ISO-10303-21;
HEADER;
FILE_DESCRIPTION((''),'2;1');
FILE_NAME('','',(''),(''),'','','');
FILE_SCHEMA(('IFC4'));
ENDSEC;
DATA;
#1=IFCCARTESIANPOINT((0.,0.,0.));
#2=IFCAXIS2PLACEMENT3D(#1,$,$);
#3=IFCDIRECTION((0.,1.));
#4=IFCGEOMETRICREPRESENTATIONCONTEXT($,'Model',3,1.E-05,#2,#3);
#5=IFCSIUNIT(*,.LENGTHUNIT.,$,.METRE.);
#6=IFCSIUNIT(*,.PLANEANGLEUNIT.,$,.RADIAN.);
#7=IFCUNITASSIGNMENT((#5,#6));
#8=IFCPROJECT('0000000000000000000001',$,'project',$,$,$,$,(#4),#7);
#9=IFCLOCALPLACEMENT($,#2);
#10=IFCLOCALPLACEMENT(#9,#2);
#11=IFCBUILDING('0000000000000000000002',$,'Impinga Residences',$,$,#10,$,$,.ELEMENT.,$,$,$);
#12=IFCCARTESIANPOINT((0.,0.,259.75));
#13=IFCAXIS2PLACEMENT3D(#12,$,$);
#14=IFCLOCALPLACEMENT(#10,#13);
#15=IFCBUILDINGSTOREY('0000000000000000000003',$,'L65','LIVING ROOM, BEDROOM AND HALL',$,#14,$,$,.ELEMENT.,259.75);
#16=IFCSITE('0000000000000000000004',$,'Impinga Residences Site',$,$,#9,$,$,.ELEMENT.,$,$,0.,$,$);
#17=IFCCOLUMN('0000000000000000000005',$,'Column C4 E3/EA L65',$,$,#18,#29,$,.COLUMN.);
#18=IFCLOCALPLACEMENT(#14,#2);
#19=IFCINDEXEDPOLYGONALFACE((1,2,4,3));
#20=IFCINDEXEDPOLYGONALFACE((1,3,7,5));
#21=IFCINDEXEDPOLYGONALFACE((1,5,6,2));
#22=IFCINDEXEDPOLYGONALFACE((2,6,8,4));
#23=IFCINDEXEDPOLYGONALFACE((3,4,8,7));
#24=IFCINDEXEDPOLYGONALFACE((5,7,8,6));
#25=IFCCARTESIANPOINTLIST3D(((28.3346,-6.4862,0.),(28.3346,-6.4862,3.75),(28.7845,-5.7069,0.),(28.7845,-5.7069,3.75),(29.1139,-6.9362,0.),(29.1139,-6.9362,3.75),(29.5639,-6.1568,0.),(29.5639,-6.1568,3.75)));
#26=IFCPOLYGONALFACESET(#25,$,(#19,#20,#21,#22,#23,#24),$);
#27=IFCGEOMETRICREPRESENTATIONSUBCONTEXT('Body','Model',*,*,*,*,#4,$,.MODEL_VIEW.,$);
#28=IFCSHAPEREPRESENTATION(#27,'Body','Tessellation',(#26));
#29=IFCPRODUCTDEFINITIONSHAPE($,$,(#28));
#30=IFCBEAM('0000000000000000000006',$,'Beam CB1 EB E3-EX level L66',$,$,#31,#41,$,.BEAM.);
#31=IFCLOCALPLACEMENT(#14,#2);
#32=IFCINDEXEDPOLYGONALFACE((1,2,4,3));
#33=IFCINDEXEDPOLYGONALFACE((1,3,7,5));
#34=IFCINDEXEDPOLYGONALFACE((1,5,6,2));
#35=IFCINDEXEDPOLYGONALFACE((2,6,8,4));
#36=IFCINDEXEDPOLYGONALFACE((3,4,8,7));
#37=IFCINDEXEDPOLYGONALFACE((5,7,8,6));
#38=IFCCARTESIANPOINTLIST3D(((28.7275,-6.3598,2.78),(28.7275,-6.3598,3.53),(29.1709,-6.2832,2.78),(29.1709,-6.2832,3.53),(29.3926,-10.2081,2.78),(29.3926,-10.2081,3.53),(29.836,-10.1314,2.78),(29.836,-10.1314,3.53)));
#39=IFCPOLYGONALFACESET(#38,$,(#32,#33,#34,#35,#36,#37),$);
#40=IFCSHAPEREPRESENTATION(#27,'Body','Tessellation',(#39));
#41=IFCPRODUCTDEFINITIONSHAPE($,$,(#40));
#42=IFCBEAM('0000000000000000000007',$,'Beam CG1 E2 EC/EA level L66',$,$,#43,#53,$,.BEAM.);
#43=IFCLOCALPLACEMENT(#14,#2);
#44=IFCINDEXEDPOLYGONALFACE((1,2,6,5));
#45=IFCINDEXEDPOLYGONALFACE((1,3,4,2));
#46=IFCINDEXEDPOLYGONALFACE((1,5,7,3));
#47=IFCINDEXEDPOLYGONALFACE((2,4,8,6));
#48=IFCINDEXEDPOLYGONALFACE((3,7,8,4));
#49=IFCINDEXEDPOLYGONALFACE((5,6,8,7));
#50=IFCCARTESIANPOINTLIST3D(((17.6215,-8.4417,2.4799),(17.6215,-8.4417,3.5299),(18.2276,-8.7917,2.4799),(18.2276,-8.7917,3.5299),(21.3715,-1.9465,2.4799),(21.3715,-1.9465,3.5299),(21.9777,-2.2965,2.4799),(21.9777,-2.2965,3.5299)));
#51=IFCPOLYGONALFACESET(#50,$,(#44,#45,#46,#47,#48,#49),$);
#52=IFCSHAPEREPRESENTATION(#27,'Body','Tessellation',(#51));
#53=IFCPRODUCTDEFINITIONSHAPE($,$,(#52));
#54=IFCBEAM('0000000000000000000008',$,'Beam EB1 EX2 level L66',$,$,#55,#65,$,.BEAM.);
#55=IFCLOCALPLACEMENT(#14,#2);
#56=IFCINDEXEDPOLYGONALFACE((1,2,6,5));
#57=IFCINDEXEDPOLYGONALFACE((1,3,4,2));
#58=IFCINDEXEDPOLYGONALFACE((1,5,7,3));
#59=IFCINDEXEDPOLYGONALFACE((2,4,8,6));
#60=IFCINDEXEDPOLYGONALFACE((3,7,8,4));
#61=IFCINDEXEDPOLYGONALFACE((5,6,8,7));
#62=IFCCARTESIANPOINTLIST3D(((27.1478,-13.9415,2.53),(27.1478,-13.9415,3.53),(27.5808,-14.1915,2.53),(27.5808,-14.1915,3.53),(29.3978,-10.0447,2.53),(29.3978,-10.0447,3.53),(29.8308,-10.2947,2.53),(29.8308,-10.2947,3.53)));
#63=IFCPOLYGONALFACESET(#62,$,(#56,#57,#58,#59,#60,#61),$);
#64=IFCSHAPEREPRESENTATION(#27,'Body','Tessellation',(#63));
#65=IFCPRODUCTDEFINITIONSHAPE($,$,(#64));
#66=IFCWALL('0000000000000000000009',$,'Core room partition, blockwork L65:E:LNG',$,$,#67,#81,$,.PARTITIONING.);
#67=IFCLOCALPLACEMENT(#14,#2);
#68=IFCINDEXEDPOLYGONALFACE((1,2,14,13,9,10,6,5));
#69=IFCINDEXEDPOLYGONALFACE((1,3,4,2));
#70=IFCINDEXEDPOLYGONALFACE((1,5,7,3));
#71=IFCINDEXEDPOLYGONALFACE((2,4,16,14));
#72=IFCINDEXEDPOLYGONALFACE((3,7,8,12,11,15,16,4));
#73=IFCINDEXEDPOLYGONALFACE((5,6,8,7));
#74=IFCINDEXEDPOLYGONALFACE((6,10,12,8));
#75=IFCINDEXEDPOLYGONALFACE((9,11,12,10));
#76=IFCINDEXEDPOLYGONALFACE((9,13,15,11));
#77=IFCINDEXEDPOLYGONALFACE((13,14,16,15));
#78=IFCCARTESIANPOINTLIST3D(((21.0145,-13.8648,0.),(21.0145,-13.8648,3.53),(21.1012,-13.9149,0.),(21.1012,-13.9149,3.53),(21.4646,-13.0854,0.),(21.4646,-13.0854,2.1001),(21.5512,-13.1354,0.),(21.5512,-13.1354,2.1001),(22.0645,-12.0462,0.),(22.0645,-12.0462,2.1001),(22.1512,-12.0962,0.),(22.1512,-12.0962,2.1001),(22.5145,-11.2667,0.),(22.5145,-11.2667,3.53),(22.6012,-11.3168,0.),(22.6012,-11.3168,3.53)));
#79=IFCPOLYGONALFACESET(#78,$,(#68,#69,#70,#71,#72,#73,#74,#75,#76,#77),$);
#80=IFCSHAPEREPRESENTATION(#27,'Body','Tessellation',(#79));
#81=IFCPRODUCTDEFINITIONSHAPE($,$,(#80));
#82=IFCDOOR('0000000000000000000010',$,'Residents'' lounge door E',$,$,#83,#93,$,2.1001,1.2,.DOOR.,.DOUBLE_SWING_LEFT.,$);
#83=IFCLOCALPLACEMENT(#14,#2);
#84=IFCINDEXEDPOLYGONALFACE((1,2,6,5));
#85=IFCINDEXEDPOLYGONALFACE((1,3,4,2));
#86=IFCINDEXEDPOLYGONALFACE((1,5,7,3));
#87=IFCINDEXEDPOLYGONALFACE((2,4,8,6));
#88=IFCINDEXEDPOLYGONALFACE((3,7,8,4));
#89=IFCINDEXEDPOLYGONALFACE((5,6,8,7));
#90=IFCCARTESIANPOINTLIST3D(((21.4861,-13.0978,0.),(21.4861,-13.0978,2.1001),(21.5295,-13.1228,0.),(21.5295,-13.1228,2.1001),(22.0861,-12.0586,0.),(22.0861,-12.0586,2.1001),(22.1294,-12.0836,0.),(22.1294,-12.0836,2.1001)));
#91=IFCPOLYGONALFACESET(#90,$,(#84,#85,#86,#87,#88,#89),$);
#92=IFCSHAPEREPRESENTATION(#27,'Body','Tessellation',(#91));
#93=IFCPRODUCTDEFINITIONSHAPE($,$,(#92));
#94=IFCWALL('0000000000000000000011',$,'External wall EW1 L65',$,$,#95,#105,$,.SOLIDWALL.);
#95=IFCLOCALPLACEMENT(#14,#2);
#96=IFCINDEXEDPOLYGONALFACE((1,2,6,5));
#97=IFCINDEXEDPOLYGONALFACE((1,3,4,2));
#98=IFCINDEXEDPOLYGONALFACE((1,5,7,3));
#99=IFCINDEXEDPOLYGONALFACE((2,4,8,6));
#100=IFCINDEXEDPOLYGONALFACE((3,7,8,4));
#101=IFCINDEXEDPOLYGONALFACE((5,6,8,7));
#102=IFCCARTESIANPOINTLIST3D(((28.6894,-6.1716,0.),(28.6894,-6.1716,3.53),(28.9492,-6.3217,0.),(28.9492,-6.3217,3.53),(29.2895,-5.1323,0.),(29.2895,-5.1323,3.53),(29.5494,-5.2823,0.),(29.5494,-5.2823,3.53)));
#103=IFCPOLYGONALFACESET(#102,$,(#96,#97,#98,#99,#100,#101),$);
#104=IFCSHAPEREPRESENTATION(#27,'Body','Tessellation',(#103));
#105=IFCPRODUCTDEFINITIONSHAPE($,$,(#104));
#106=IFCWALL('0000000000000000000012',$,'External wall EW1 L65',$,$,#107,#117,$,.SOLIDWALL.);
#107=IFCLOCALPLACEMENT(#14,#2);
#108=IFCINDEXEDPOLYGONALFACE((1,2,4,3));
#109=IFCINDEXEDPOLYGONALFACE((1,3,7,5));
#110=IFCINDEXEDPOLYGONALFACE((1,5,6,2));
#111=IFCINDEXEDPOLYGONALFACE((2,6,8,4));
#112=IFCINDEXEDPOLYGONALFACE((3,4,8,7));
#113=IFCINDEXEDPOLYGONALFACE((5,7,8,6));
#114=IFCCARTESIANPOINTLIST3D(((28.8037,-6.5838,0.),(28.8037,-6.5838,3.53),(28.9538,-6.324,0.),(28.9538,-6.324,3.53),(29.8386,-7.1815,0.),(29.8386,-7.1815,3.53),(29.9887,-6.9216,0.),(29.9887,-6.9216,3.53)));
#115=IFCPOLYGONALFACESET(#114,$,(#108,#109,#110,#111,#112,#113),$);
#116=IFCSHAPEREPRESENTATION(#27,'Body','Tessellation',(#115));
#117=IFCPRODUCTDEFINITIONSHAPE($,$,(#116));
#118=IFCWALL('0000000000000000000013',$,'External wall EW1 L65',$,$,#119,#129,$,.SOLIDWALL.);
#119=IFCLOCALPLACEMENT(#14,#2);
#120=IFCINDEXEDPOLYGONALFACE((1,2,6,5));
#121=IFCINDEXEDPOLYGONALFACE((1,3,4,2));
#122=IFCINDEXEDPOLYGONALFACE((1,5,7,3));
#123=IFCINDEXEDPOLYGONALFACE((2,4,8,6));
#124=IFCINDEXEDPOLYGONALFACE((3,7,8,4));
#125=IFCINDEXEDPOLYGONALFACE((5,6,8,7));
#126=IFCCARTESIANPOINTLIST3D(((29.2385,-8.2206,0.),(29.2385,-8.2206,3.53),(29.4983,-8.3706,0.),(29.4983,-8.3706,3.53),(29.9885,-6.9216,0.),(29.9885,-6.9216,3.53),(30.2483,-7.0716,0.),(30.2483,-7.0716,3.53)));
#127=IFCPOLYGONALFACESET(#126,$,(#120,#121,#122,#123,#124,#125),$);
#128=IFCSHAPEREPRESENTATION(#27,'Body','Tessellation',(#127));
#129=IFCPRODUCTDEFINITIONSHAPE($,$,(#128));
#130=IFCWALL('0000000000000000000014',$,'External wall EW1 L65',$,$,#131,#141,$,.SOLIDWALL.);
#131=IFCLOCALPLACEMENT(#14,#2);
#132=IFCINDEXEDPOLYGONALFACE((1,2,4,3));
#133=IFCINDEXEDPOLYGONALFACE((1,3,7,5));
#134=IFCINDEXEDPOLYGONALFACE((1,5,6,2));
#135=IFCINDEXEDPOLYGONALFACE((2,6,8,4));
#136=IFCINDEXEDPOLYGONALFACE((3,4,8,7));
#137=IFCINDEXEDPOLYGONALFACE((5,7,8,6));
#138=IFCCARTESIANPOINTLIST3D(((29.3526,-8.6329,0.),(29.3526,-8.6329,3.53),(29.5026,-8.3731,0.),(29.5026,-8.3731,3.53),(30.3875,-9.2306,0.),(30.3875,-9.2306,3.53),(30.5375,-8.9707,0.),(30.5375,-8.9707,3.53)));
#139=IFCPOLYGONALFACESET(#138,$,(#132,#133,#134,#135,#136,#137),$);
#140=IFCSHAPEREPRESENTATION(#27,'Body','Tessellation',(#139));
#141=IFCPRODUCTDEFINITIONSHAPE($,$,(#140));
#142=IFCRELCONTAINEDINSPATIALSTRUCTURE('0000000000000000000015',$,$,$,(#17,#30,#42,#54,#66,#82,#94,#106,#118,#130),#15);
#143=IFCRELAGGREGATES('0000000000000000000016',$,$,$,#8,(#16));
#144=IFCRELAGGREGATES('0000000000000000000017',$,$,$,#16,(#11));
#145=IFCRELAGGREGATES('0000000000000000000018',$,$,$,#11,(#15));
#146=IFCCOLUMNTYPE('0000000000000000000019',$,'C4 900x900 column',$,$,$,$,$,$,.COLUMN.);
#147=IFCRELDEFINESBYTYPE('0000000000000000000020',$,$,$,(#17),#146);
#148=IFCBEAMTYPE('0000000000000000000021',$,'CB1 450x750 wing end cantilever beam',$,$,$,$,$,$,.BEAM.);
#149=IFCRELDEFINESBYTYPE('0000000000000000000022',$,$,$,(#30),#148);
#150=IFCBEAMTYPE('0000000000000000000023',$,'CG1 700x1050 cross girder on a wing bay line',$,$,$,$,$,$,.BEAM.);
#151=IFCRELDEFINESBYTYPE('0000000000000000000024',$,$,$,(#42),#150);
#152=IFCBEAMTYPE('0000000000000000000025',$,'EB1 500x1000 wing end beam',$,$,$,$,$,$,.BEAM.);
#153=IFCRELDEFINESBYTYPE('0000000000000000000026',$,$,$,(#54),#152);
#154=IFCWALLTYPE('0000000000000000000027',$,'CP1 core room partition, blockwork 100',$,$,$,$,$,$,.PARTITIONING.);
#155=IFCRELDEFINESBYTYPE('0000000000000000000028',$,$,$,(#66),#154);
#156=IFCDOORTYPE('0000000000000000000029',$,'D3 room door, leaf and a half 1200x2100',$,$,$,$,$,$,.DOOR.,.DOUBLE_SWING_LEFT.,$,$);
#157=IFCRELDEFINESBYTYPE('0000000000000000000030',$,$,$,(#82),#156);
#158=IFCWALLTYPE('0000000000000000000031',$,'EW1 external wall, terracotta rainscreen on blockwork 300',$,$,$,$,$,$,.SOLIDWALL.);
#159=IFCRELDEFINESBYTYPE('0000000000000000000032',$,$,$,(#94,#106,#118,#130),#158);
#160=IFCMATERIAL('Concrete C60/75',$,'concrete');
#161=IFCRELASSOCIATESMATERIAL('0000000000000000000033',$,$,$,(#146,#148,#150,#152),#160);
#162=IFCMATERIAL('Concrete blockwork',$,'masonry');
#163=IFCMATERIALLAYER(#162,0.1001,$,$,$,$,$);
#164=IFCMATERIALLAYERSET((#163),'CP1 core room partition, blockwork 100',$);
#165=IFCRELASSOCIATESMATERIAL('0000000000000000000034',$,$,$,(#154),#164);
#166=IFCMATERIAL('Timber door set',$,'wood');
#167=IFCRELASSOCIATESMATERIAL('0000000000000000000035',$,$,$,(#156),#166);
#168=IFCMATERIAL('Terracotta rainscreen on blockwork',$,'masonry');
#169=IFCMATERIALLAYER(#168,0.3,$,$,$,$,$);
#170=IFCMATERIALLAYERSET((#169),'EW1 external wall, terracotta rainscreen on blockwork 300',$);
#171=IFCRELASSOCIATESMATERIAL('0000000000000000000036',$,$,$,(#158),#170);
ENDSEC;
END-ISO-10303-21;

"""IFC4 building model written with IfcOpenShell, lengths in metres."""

from ifc_helpers import new_model, si_unit, direction, frame, frame_2d, origin, origin_2d, place, context, subcontext, project, spatial, rectangle, extrude, material, layer, layer_set, material_profile, profile_set, type_object, element, fill, save


model = new_model("IFC4")

# Units and contexts
model_context = context("Model", 3, precision=1e-05, world=origin(), true_north=direction((0.0, 1.0)))
body_context = subcontext(model_context, "Body", "Model", "MODEL_VIEW")
ifc_project = project(units=[si_unit("LENGTHUNIT", "METRE"), si_unit("PLANEANGLEUNIT", "RADIAN")], contexts=[model_context])

# Site, building, storey
site_placement = place(None, origin())
site = spatial("IfcSite", under=ifc_project, at=site_placement, Name="Impinga Residences Site", CompositionType="ELEMENT", RefElevation=0.0)
building_placement = place(site_placement, origin())
building = spatial("IfcBuilding", under=site, at=building_placement, Name="Impinga Residences", CompositionType="ELEMENT")
storey_placement = place(building_placement, frame((0.0, 0.0, 259.75)))
storey = spatial("IfcBuildingStorey", under=building, at=storey_placement, Name="L65", Description="LIVING ROOM, BEDROOM AND HALL", CompositionType="ELEMENT", Elevation=259.75)

# Column
ifc_material_1 = material(Name="Concrete C60/75", Category="concrete")
ifc_material_profile_1 = material_profile(ifc_material_1, rectangle(XDim=0.8999, YDim=0.8999, at=origin_2d()), Name="RC 900x900")
ifc_profile_set_1 = profile_set([ifc_material_profile_1], Name="Concrete C60/75")
column_type = type_object("IfcColumnType", Name="C4 900x900 column", PredefinedType="COLUMN", material=ifc_profile_set_1)
column_placement = place(storey_placement, frame((28.9492, -6.3215, 0.0), z_axis=(0.0, 0.0, 1.0), x_axis=(-0.5, -0.866025, 0.0)))
element("IfcColumn", 1, at=column_placement, inside=storey, type_object=column_type, Name="Column C4 E3/EA L65", PredefinedType="COLUMN", context=body_context, shape_type="SweptSolid", body=[
    extrude(rectangle(XDim=0.8999, YDim=0.8999, at=origin_2d()), origin(), (0.0, 0.0, 1.0), 3.75),
])

# Beams
ifc_material_profile_2 = material_profile(ifc_material_1, rectangle(XDim=0.45, YDim=0.75, at=origin_2d()), Name="RC 450x750")
ifc_profile_set_2 = profile_set([ifc_material_profile_2], Name="Concrete C60/75")
beam_type_1 = type_object("IfcBeamType", Name="CB1 450x750 wing end cantilever beam", PredefinedType="BEAM", material=ifc_profile_set_2)
beam_1_placement = place(storey_placement, frame((28.9492, -6.3215, 3.155), z_axis=(0.170296, -0.985393, 0.0), x_axis=(0.985393, 0.170296, 0.0)))
element("IfcBeam", 2, at=beam_1_placement, inside=storey, type_object=beam_type_1, Name="Beam CB1 EB E3-EX level L66", PredefinedType="BEAM", context=body_context, shape_type="SweptSolid", body=[
    extrude(rectangle(XDim=0.45, YDim=0.75, at=origin_2d()), origin(), (0.0, 0.0, 1.0), 3.9053),
])
ifc_material_profile_3 = material_profile(ifc_material_1, rectangle(XDim=0.7, YDim=1.05, at=origin_2d()), Name="RC 700x1050")
ifc_profile_set_3 = profile_set([ifc_material_profile_3], Name="Concrete C60/75")
beam_type_2 = type_object("IfcBeamType", Name="CG1 700x1050 cross girder on a wing bay line", PredefinedType="BEAM", material=ifc_profile_set_3)
beam_2_placement = place(storey_placement, frame((17.9246, -8.6167, 3.0049), z_axis=(0.500004, 0.866023, 0.0), x_axis=(-0.866023, 0.500004, 0.0)))
element("IfcBeam", 3, at=beam_2_placement, inside=storey, type_object=beam_type_2, Name="Beam CG1 E2 EC/EA level L66", PredefinedType="BEAM", context=body_context, shape_type="SweptSolid", body=[
    extrude(rectangle(XDim=0.7, YDim=1.05, at=origin_2d()), origin(), (0.0, 0.0, 1.0), 7.5),
])
ifc_material_profile_4 = material_profile(ifc_material_1, rectangle(XDim=0.5, YDim=1.0, at=origin_2d()), Name="RC 500x1000")
ifc_profile_set_4 = profile_set([ifc_material_profile_4], Name="Concrete C60/75")
beam_type_3 = type_object("IfcBeamType", Name="EB1 500x1000 wing end beam", PredefinedType="BEAM", material=ifc_profile_set_4)
beam_3_placement = place(storey_placement, frame((29.6143, -10.1697, 3.03), z_axis=(-0.500014, -0.866018, 0.0), x_axis=(0.866018, -0.500014, 0.0)))
element("IfcBeam", 4, at=beam_3_placement, inside=storey, type_object=beam_type_3, Name="Beam EB1 EX2 level L66", PredefinedType="BEAM", context=body_context, shape_type="SweptSolid", body=[
    extrude(rectangle(XDim=0.5, YDim=1.0, at=origin_2d()), origin(), (0.0, 0.0, 1.0), 4.4998),
])

# Wall, opening, door
ifc_material_2 = material(Name="Concrete blockwork", Category="masonry")
ifc_layer_1 = layer(ifc_material_2, 0.1001)
ifc_layer_set_1 = layer_set([ifc_layer_1], Name="CP1 core room partition, blockwork 100")
wall_type_1 = type_object("IfcWallType", Name="CP1 core room partition, blockwork 100", PredefinedType="PARTITIONING", material=ifc_layer_set_1)
wall_1_placement = place(storey_placement, frame((22.5579, -11.2917, 0.0), z_axis=(0.0, 0.0, 1.0), x_axis=(-0.49999, -0.866031, 0.0)))
wall_1 = element("IfcWall", 5, at=wall_1_placement, inside=storey, type_object=wall_type_1, Name="Core room partition, blockwork L65:E:LNG", PredefinedType="PARTITIONING", context=body_context, shape_type="SweptSolid", body=[
    extrude(rectangle(XDim=3.0, YDim=0.1001, at=frame_2d((1.5, 0.0))), origin(), (0.0, 0.0, 1.0), 3.53),
])
opening_1_placement = place(wall_1_placement, frame((0.8999, 0.0, 0.0)))
opening_1 = element("IfcOpeningElement", 6, at=opening_1_placement, cuts=wall_1, PredefinedType="OPENING", context=body_context, shape_type="SweptSolid", body=[
    extrude(rectangle(XDim=1.2, YDim=2.1001, at=frame_2d((0.6001, 1.05))), frame((0.0, 0.0601, 0.0), z_axis=(0.0, -1.0, 0.0), x_axis=(1.0, 0.0, 0.0)), (0.0, 0.0, 1.0), 0.1201),
])
ifc_material_3 = material(Name="Timber door set", Category="wood")
door_type_1 = type_object("IfcDoorType", Name="D3 room door, leaf and a half 1200x2100", OperationType="DOUBLE_SWING_LEFT", PredefinedType="DOOR", material=ifc_material_3)
door_1_placement = place(opening_1_placement, origin())
door_1 = element("IfcDoor", 7, at=door_1_placement, inside=storey, type_object=door_type_1, Name="Residents' lounge door E", OperationType="DOUBLE_SWING_LEFT", OverallHeight=2.1001, OverallWidth=1.2, PredefinedType="DOOR", context=body_context, shape_type="SweptSolid", body=[
    extrude(rectangle(XDim=1.2, YDim=2.1001, at=frame_2d((0.6001, 1.05))), frame((0.0, 0.0249, 0.0), z_axis=(0.0, -1.0, 0.0), x_axis=(1.0, 0.0, 0.0)), (0.0, 0.0, 1.0), 0.05),
])
fill(opening_1, door_1)

# Walls
ifc_material_4 = material(Name="Terracotta rainscreen on blockwork", Category="masonry")
ifc_layer_2 = layer(ifc_material_4, 0.3)
ifc_layer_set_2 = layer_set([ifc_layer_2], Name="EW1 external wall, terracotta rainscreen on blockwork 300")
wall_type_2 = type_object("IfcWallType", Name="EW1 external wall, terracotta rainscreen on blockwork 300", PredefinedType="SOLIDWALL", material=ifc_layer_set_2)
wall_2_placement = place(storey_placement, frame((29.4194, -5.2073, 0.0), z_axis=(0.0, 0.0, 1.0), x_axis=(-0.500034, -0.866006, 0.0)))
element("IfcWall", 8, at=wall_2_placement, inside=storey, type_object=wall_type_2, Name="External wall EW1 L65", PredefinedType="SOLIDWALL", context=body_context, shape_type="SweptSolid", body=[
    extrude(rectangle(XDim=1.2002, YDim=0.3, at=frame_2d((0.6001, 0.0))), origin(), (0.0, 0.0, 1.0), 3.53),
])
wall_3_placement = place(storey_placement, frame((28.8787, -6.4539, 0.0), z_axis=(0.0, 0.0, 1.0), x_axis=(0.865971, -0.500094, 0.0)))
element("IfcWall", 9, at=wall_3_placement, inside=storey, type_object=wall_type_2, Name="External wall EW1 L65", PredefinedType="SOLIDWALL", context=body_context, shape_type="SweptSolid", body=[
    extrude(rectangle(XDim=1.1951, YDim=0.3, at=frame_2d((0.5977, 0.0))), origin(), (0.0, 0.0, 1.0), 3.53),
])
wall_4_placement = place(storey_placement, frame((30.1184, -6.9966, 0.0), z_axis=(0.0, 0.0, 1.0), x_axis=(-0.49999, -0.866031, 0.0)))
element("IfcWall", 10, at=wall_4_placement, inside=storey, type_object=wall_type_2, Name="External wall EW1 L65", PredefinedType="SOLIDWALL", context=body_context, shape_type="SweptSolid", body=[
    extrude(rectangle(XDim=1.5, YDim=0.3, at=frame_2d((0.75, 0.0))), origin(), (0.0, 0.0, 1.0), 3.53),
])
wall_5_placement = place(storey_placement, frame((29.4275, -8.5029, 0.0), z_axis=(0.0, 0.0, 1.0), x_axis=(0.865971, -0.500094, 0.0)))
element("IfcWall", 11, at=wall_5_placement, inside=storey, type_object=wall_type_2, Name="External wall EW1 L65", PredefinedType="SOLIDWALL", context=body_context, shape_type="SweptSolid", body=[
    extrude(rectangle(XDim=1.1951, YDim=0.3, at=frame_2d((0.5977, 0.0))), origin(), (0.0, 0.0, 1.0), 3.53),
])

save(model, "model.ifc")
